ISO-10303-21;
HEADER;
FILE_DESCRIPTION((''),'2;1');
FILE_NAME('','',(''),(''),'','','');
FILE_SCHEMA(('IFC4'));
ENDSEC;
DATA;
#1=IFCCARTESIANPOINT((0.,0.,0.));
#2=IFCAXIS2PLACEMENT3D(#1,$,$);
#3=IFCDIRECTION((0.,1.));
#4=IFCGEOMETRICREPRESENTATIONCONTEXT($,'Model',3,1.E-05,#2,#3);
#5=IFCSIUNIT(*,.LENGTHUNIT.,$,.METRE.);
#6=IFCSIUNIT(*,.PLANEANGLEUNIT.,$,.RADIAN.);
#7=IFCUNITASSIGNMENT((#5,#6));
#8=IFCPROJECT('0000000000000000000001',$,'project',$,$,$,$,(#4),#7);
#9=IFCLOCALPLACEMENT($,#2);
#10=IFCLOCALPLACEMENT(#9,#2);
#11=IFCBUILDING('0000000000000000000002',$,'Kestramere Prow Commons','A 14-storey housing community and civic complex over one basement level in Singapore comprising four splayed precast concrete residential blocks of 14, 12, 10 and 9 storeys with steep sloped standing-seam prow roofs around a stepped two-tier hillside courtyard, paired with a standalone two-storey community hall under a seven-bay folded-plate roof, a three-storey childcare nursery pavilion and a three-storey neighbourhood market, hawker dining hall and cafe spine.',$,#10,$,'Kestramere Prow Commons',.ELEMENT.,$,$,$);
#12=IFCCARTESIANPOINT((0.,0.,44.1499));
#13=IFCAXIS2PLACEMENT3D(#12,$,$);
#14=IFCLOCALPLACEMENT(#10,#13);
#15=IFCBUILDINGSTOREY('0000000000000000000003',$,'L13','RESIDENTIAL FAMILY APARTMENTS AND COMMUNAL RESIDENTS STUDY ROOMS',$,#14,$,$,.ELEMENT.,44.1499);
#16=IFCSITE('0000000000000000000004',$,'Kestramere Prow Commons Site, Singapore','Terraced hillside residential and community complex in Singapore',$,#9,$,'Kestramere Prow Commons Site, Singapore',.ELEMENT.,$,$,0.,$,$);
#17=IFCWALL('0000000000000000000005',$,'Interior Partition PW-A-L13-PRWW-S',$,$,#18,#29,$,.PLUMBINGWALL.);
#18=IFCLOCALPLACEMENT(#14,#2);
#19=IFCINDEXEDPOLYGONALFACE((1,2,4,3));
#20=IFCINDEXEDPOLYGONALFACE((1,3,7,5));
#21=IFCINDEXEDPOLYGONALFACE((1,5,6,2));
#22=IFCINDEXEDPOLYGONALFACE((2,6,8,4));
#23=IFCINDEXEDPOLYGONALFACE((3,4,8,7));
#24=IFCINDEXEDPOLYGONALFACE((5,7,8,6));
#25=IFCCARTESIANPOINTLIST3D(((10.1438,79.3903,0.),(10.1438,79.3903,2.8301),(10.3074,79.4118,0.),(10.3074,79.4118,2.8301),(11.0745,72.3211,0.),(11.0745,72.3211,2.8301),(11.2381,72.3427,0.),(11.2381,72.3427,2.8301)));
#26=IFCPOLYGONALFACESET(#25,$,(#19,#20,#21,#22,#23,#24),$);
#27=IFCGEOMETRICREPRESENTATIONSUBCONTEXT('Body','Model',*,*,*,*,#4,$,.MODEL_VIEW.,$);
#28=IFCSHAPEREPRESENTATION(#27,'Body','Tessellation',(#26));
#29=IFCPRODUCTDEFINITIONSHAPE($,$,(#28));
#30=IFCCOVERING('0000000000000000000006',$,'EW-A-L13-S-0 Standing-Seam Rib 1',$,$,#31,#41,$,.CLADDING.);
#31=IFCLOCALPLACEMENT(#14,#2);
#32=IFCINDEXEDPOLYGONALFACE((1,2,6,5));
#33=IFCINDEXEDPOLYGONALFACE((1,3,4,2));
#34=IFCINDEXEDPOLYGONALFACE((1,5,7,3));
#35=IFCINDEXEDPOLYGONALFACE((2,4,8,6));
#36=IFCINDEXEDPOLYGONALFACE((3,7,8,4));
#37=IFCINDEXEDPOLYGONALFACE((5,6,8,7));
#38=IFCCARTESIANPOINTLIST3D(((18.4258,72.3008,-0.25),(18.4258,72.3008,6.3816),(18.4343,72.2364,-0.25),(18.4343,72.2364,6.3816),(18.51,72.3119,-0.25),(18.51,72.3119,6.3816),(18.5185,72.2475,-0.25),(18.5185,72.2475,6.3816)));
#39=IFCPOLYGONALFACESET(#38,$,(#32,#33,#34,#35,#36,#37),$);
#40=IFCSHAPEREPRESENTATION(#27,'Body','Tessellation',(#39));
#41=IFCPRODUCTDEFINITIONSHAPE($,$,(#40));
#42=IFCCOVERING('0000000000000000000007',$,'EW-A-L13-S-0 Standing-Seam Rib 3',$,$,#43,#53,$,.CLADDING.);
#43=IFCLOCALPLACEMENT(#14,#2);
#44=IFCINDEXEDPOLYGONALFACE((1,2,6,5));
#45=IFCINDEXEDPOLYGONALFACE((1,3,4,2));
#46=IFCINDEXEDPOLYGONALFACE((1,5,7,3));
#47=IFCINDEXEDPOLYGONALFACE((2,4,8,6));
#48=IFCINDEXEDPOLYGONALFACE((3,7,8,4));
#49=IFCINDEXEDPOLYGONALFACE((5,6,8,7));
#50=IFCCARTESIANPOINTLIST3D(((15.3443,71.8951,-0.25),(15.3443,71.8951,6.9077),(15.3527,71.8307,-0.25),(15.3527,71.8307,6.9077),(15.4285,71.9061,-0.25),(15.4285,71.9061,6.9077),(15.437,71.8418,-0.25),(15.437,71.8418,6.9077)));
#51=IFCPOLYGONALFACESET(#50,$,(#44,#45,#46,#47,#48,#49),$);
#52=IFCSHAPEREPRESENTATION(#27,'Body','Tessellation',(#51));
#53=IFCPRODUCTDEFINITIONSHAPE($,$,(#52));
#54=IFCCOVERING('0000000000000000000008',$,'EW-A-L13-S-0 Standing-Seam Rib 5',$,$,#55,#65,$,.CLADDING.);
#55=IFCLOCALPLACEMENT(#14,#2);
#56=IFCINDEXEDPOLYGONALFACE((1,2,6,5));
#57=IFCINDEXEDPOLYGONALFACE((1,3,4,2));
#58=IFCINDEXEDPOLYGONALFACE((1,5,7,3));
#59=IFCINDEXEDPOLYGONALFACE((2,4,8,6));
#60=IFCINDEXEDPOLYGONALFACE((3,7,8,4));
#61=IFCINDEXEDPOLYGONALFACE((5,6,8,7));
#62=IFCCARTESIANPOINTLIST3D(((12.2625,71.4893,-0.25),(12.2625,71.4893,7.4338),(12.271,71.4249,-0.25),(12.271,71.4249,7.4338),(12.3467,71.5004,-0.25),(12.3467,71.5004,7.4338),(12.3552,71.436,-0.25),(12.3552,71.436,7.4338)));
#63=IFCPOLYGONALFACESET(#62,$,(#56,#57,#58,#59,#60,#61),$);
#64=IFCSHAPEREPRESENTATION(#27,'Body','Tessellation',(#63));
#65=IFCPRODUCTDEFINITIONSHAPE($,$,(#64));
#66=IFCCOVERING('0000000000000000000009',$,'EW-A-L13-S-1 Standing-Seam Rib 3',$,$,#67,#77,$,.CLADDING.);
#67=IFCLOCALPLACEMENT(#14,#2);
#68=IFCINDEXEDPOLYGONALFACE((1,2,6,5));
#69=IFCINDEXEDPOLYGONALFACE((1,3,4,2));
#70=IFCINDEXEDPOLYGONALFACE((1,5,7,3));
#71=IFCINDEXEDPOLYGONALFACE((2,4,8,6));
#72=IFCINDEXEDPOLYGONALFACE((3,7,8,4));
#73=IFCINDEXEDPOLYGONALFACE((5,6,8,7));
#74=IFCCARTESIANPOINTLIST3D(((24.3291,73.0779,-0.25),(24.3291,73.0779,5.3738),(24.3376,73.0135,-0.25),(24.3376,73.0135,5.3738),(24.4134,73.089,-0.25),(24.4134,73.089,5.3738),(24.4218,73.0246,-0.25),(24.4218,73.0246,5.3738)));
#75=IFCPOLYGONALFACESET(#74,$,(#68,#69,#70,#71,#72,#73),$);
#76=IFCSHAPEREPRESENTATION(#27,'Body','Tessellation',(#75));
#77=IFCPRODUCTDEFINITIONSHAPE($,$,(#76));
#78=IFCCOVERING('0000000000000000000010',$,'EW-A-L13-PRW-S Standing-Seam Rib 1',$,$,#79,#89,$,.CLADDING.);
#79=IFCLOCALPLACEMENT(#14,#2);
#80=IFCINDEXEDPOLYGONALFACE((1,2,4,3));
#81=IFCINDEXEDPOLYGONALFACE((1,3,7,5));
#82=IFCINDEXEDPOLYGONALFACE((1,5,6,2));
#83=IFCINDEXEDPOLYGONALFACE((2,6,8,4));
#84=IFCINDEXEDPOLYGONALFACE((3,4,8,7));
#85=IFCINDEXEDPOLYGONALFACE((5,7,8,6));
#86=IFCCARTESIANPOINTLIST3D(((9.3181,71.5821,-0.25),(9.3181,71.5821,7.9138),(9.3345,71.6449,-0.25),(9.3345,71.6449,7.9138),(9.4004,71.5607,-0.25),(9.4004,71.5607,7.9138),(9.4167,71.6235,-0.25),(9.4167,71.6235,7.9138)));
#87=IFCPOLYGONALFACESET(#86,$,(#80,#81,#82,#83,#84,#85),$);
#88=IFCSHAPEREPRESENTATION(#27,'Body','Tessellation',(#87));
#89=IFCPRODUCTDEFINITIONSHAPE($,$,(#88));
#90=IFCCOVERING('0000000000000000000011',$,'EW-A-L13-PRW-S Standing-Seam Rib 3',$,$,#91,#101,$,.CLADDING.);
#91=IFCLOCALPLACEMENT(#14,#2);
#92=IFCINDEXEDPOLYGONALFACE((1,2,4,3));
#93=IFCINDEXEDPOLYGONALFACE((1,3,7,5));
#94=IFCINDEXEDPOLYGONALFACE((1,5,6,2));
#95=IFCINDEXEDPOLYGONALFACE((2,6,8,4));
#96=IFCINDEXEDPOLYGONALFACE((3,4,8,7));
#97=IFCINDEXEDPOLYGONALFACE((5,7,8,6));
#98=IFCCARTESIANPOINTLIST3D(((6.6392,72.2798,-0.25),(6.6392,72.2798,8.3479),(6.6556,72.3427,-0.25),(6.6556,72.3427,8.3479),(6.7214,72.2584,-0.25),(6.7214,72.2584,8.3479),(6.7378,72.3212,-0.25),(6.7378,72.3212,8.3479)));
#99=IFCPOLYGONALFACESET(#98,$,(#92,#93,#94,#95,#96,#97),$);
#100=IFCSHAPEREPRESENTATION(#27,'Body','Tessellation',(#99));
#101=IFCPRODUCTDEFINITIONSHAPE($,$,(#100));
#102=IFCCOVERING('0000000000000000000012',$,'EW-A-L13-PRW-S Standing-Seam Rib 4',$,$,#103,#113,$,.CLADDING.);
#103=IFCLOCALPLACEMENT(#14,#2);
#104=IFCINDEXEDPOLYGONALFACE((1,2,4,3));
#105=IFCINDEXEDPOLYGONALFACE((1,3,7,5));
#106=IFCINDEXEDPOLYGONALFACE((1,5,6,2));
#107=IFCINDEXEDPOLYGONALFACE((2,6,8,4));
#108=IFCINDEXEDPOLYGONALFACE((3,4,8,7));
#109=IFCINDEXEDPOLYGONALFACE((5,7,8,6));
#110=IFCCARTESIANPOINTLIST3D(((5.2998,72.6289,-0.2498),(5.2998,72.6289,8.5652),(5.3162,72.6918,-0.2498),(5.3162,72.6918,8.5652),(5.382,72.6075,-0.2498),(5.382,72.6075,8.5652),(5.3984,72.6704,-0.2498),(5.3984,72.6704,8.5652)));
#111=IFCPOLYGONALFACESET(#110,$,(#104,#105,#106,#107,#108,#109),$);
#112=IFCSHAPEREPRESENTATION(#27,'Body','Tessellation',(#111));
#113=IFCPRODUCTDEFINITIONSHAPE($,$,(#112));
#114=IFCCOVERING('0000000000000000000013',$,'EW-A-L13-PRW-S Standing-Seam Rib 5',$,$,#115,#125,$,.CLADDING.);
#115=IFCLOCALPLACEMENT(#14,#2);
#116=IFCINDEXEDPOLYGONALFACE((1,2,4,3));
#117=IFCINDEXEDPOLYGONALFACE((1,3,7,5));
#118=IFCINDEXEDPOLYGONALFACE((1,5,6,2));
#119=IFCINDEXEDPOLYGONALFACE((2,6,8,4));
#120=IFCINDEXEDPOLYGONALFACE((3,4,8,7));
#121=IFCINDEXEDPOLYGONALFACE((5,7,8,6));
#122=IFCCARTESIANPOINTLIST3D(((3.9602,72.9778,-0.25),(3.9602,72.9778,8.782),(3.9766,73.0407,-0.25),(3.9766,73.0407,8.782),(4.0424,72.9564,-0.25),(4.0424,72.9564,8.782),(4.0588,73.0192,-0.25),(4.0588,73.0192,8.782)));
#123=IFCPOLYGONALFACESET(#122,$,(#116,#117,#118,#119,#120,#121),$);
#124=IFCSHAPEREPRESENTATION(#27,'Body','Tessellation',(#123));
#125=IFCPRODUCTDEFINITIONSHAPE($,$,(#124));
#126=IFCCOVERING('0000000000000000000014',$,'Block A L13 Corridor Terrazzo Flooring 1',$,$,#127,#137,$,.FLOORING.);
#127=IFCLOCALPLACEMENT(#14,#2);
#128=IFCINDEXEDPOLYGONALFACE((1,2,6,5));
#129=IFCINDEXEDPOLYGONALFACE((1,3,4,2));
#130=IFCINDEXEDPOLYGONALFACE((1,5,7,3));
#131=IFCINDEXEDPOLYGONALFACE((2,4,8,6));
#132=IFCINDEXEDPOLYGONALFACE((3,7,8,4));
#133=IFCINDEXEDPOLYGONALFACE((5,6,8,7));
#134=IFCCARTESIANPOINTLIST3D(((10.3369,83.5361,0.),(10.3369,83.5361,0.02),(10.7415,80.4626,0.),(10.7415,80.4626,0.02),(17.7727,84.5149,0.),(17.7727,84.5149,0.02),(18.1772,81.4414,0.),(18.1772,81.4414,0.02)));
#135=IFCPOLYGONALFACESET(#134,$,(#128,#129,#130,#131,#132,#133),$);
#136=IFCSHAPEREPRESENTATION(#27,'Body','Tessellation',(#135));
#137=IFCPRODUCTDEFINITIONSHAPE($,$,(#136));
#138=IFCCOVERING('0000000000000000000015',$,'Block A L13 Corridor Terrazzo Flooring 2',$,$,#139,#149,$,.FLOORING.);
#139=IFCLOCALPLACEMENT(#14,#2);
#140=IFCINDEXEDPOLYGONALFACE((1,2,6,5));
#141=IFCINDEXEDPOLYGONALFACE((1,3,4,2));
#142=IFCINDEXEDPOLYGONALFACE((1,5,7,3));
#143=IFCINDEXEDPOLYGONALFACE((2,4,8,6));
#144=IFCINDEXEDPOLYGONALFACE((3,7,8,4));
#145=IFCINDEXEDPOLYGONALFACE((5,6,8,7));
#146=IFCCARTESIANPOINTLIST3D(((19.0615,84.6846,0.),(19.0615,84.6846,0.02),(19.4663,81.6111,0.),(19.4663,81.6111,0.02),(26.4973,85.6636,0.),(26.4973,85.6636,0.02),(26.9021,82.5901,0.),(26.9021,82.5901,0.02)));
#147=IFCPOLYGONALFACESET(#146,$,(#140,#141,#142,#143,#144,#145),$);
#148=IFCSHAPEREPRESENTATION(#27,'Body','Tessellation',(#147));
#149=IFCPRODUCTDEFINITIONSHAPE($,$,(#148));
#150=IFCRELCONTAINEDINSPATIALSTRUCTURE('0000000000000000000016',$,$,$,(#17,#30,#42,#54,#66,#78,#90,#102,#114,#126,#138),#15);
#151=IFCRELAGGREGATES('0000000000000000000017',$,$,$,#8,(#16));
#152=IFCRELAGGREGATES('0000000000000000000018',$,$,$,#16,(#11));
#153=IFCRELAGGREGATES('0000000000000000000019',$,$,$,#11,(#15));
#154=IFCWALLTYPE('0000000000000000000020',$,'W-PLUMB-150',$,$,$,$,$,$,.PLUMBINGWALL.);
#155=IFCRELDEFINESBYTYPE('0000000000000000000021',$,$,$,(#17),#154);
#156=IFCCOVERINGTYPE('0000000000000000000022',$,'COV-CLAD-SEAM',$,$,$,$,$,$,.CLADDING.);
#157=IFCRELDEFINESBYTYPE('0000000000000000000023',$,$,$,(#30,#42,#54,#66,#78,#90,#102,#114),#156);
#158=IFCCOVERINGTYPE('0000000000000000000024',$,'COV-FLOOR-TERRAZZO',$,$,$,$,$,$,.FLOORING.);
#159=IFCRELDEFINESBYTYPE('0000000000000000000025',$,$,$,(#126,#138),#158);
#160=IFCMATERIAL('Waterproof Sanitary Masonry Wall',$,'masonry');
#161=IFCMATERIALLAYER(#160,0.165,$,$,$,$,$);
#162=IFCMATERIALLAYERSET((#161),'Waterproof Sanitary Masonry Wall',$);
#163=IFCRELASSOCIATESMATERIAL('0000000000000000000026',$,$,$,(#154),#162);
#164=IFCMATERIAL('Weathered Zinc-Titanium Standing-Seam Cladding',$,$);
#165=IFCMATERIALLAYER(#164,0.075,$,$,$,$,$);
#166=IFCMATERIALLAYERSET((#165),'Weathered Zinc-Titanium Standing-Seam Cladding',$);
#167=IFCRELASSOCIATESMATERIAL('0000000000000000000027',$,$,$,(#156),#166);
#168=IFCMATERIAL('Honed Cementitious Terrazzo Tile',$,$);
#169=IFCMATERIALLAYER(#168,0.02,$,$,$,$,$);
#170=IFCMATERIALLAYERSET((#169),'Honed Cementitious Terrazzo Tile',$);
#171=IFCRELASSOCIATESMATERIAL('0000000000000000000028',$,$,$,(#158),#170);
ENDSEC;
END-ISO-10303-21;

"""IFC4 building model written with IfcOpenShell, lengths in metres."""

from ifc_helpers import new_model, si_unit, direction, frame, frame_2d, origin, origin_2d, place, context, subcontext, project, spatial, polyline, rectangle, outline, extrude, material, layer, layer_set, type_object, element, save


model = new_model("IFC4")

# Units and contexts
model_context = context("Model", 3, precision=1e-05, world=origin(), true_north=direction((0.0, 1.0)))
body_context = subcontext(model_context, "Body", "Model", "MODEL_VIEW")
ifc_project = project(units=[si_unit("LENGTHUNIT", "METRE"), si_unit("PLANEANGLEUNIT", "RADIAN")], contexts=[model_context])

# Site, building, storey
site_placement = place(None, origin())
site = spatial("IfcSite", under=ifc_project, at=site_placement, Name="Kestramere Prow Commons Site, Singapore", Description="Terraced hillside residential and community complex in Singapore", LongName="Kestramere Prow Commons Site, Singapore", CompositionType="ELEMENT", RefElevation=0.0)
building_placement = place(site_placement, origin())
building = spatial("IfcBuilding", under=site, at=building_placement, Name="Kestramere Prow Commons", Description="A 14-storey housing community and civic complex over one basement level in Singapore comprising four splayed precast concrete residential blocks of 14, 12, 10 and 9 storeys with steep sloped standing-seam prow roofs around a stepped two-tier hillside courtyard, paired with a standalone two-storey community hall under a seven-bay folded-plate roof, a three-storey childcare nursery pavilion and a three-storey neighbourhood market, hawker dining hall and cafe spine.", LongName="Kestramere Prow Commons", CompositionType="ELEMENT")
storey_placement = place(building_placement, frame((0.0, 0.0, 44.1499)))
storey = spatial("IfcBuildingStorey", under=building, at=storey_placement, Name="L13", Description="RESIDENTIAL FAMILY APARTMENTS AND COMMUNAL RESIDENTS STUDY ROOMS", CompositionType="ELEMENT", Elevation=44.1499)

# Shared definitions
ifc_material_1 = material(Name="Weathered Zinc-Titanium Standing-Seam Cladding")

# Wall
ifc_material_2 = material(Name="Waterproof Sanitary Masonry Wall", Category="masonry")
ifc_layer_1 = layer(ifc_material_2, 0.165)
ifc_layer_set_1 = layer_set([ifc_layer_1], Name="Waterproof Sanitary Masonry Wall")
wall_type_1 = type_object("IfcWallType", Name="W-PLUMB-150", PredefinedType="PLUMBINGWALL", material=ifc_layer_set_1)
wall_1_placement = place(storey_placement, frame((11.1562, 72.332, 0.0), z_axis=(0.0, 0.0, 1.0), x_axis=(-0.130526, 0.991445, 0.0)))
element("IfcWall", 1, at=wall_1_placement, inside=storey, type_object=wall_type_1, Name="Interior Partition PW-A-L13-PRWW-S", PredefinedType="PLUMBINGWALL", context=body_context, shape_type="SweptSolid", body=[
    extrude(rectangle(XDim=7.1301, YDim=0.165, at=frame_2d((3.5649, 0.0))), origin(), (0.0, 0.0, 1.0), 2.8301),
])

# Coverings
ifc_layer_2 = layer(ifc_material_1, 0.075)
ifc_layer_set_2 = layer_set([ifc_layer_2], Name="Weathered Zinc-Titanium Standing-Seam Cladding")
covering_type_1 = type_object("IfcCoveringType", Name="COV-CLAD-SEAM", PredefinedType="CLADDING", material=ifc_layer_set_2)
covering_1_placement = place(storey_placement, frame((18.4722, 72.2742, -0.25), z_axis=(0.0, 0.0, 1.0), x_axis=(-0.991445, -0.130526, 0.0)))
element("IfcCovering", 2, at=covering_1_placement, inside=storey, type_object=covering_type_1, Name="EW-A-L13-S-0 Standing-Seam Rib 1", PredefinedType="CLADDING", context=body_context, shape_type="SweptSolid", body=[
    extrude(rectangle(XDim=0.085, YDim=0.0649, at=origin_2d()), origin(), (0.0, 0.0, 1.0), 6.6316),
])
covering_2_placement = place(storey_placement, frame((15.3906, 71.8684, -0.25), z_axis=(0.0, 0.0, 1.0), x_axis=(-0.991445, -0.130526, 0.0)))
element("IfcCovering", 3, at=covering_2_placement, inside=storey, type_object=covering_type_1, Name="EW-A-L13-S-0 Standing-Seam Rib 3", PredefinedType="CLADDING", context=body_context, shape_type="SweptSolid", body=[
    extrude(rectangle(XDim=0.085, YDim=0.0649, at=origin_2d()), origin(), (0.0, 0.0, 1.0), 7.1577),
])
covering_3_placement = place(storey_placement, frame((12.3088, 71.4626, -0.25), z_axis=(0.0, 0.0, 1.0), x_axis=(-0.991445, -0.130526, 0.0)))
element("IfcCovering", 4, at=covering_3_placement, inside=storey, type_object=covering_type_1, Name="EW-A-L13-S-0 Standing-Seam Rib 5", PredefinedType="CLADDING", context=body_context, shape_type="SweptSolid", body=[
    extrude(rectangle(XDim=0.085, YDim=0.0649, at=origin_2d()), origin(), (0.0, 0.0, 1.0), 7.6838),
])
covering_4_placement = place(storey_placement, frame((24.3755, 73.0513, -0.25), z_axis=(0.0, 0.0, 1.0), x_axis=(-0.991445, -0.130526, 0.0)))
element("IfcCovering", 5, at=covering_4_placement, inside=storey, type_object=covering_type_1, Name="EW-A-L13-S-1 Standing-Seam Rib 3", PredefinedType="CLADDING", context=body_context, shape_type="SweptSolid", body=[
    extrude(rectangle(XDim=0.085, YDim=0.0649, at=origin_2d()), origin(), (0.0, 0.0, 1.0), 5.6238),
])
covering_5_placement = place(storey_placement, frame((9.3674, 71.6028, -0.25), z_axis=(0.0, 0.0, 1.0), x_axis=(-0.967698, 0.252112, 0.0)))
element("IfcCovering", 6, at=covering_5_placement, inside=storey, type_object=covering_type_1, Name="EW-A-L13-PRW-S Standing-Seam Rib 1", PredefinedType="CLADDING", context=body_context, shape_type="SweptSolid", body=[
    extrude(rectangle(XDim=0.085, YDim=0.0649, at=origin_2d()), origin(), (0.0, 0.0, 1.0), 8.1638),
])
covering_6_placement = place(storey_placement, frame((6.6885, 72.3005, -0.25), z_axis=(0.0, 0.0, 1.0), x_axis=(-0.967698, 0.252112, 0.0)))
element("IfcCovering", 7, at=covering_6_placement, inside=storey, type_object=covering_type_1, Name="EW-A-L13-PRW-S Standing-Seam Rib 3", PredefinedType="CLADDING", context=body_context, shape_type="SweptSolid", body=[
    extrude(rectangle(XDim=0.085, YDim=0.0649, at=origin_2d()), origin(), (0.0, 0.0, 1.0), 8.5979),
])
covering_7_placement = place(storey_placement, frame((5.3491, 72.6497, -0.2498), z_axis=(0.0, 0.0, 1.0), x_axis=(-0.967698, 0.252112, 0.0)))
element("IfcCovering", 8, at=covering_7_placement, inside=storey, type_object=covering_type_1, Name="EW-A-L13-PRW-S Standing-Seam Rib 4", PredefinedType="CLADDING", context=body_context, shape_type="SweptSolid", body=[
    extrude(rectangle(XDim=0.085, YDim=0.0649, at=origin_2d()), origin(), (0.0, 0.0, 1.0), 8.8149),
])
covering_8_placement = place(storey_placement, frame((4.0095, 72.9985, -0.25), z_axis=(0.0, 0.0, 1.0), x_axis=(-0.967698, 0.252112, 0.0)))
element("IfcCovering", 9, at=covering_8_placement, inside=storey, type_object=covering_type_1, Name="EW-A-L13-PRW-S Standing-Seam Rib 5", PredefinedType="CLADDING", context=body_context, shape_type="SweptSolid", body=[
    extrude(rectangle(XDim=0.085, YDim=0.0649, at=origin_2d()), origin(), (0.0, 0.0, 1.0), 9.032),
])
ifc_material_3 = material(Name="Honed Cementitious Terrazzo Tile")
ifc_layer_3 = layer(ifc_material_3, 0.02)
ifc_layer_set_3 = layer_set([ifc_layer_3], Name="Honed Cementitious Terrazzo Tile")
covering_type_2 = type_object("IfcCoveringType", Name="COV-FLOOR-TERRAZZO", PredefinedType="FLOORING", material=ifc_layer_set_3)
covering_9_placement = place(storey_placement, origin())
element("IfcCovering", 10, at=covering_9_placement, inside=storey, type_object=covering_type_2, Name="Block A L13 Corridor Terrazzo Flooring 1", PredefinedType="FLOORING", context=body_context, shape_type="SweptSolid", body=[
    extrude(outline(polyline([(10.7415, 80.4626), (18.1772, 81.4414), (17.7727, 84.5149), (10.3369, 83.5361), (10.7415, 80.4626)])), origin(), (0.0, 0.0, 1.0), 0.02),
])
covering_10_placement = place(storey_placement, origin())
element("IfcCovering", 11, at=covering_10_placement, inside=storey, type_object=covering_type_2, Name="Block A L13 Corridor Terrazzo Flooring 2", PredefinedType="FLOORING", context=body_context, shape_type="SweptSolid", body=[
    extrude(outline(polyline([(19.4663, 81.6111), (26.9021, 82.5901), (26.4973, 85.6636), (19.0615, 84.6846), (19.4663, 81.6111)])), origin(), (0.0, 0.0, 1.0), 0.02),
])

save(model, "model.ifc")
